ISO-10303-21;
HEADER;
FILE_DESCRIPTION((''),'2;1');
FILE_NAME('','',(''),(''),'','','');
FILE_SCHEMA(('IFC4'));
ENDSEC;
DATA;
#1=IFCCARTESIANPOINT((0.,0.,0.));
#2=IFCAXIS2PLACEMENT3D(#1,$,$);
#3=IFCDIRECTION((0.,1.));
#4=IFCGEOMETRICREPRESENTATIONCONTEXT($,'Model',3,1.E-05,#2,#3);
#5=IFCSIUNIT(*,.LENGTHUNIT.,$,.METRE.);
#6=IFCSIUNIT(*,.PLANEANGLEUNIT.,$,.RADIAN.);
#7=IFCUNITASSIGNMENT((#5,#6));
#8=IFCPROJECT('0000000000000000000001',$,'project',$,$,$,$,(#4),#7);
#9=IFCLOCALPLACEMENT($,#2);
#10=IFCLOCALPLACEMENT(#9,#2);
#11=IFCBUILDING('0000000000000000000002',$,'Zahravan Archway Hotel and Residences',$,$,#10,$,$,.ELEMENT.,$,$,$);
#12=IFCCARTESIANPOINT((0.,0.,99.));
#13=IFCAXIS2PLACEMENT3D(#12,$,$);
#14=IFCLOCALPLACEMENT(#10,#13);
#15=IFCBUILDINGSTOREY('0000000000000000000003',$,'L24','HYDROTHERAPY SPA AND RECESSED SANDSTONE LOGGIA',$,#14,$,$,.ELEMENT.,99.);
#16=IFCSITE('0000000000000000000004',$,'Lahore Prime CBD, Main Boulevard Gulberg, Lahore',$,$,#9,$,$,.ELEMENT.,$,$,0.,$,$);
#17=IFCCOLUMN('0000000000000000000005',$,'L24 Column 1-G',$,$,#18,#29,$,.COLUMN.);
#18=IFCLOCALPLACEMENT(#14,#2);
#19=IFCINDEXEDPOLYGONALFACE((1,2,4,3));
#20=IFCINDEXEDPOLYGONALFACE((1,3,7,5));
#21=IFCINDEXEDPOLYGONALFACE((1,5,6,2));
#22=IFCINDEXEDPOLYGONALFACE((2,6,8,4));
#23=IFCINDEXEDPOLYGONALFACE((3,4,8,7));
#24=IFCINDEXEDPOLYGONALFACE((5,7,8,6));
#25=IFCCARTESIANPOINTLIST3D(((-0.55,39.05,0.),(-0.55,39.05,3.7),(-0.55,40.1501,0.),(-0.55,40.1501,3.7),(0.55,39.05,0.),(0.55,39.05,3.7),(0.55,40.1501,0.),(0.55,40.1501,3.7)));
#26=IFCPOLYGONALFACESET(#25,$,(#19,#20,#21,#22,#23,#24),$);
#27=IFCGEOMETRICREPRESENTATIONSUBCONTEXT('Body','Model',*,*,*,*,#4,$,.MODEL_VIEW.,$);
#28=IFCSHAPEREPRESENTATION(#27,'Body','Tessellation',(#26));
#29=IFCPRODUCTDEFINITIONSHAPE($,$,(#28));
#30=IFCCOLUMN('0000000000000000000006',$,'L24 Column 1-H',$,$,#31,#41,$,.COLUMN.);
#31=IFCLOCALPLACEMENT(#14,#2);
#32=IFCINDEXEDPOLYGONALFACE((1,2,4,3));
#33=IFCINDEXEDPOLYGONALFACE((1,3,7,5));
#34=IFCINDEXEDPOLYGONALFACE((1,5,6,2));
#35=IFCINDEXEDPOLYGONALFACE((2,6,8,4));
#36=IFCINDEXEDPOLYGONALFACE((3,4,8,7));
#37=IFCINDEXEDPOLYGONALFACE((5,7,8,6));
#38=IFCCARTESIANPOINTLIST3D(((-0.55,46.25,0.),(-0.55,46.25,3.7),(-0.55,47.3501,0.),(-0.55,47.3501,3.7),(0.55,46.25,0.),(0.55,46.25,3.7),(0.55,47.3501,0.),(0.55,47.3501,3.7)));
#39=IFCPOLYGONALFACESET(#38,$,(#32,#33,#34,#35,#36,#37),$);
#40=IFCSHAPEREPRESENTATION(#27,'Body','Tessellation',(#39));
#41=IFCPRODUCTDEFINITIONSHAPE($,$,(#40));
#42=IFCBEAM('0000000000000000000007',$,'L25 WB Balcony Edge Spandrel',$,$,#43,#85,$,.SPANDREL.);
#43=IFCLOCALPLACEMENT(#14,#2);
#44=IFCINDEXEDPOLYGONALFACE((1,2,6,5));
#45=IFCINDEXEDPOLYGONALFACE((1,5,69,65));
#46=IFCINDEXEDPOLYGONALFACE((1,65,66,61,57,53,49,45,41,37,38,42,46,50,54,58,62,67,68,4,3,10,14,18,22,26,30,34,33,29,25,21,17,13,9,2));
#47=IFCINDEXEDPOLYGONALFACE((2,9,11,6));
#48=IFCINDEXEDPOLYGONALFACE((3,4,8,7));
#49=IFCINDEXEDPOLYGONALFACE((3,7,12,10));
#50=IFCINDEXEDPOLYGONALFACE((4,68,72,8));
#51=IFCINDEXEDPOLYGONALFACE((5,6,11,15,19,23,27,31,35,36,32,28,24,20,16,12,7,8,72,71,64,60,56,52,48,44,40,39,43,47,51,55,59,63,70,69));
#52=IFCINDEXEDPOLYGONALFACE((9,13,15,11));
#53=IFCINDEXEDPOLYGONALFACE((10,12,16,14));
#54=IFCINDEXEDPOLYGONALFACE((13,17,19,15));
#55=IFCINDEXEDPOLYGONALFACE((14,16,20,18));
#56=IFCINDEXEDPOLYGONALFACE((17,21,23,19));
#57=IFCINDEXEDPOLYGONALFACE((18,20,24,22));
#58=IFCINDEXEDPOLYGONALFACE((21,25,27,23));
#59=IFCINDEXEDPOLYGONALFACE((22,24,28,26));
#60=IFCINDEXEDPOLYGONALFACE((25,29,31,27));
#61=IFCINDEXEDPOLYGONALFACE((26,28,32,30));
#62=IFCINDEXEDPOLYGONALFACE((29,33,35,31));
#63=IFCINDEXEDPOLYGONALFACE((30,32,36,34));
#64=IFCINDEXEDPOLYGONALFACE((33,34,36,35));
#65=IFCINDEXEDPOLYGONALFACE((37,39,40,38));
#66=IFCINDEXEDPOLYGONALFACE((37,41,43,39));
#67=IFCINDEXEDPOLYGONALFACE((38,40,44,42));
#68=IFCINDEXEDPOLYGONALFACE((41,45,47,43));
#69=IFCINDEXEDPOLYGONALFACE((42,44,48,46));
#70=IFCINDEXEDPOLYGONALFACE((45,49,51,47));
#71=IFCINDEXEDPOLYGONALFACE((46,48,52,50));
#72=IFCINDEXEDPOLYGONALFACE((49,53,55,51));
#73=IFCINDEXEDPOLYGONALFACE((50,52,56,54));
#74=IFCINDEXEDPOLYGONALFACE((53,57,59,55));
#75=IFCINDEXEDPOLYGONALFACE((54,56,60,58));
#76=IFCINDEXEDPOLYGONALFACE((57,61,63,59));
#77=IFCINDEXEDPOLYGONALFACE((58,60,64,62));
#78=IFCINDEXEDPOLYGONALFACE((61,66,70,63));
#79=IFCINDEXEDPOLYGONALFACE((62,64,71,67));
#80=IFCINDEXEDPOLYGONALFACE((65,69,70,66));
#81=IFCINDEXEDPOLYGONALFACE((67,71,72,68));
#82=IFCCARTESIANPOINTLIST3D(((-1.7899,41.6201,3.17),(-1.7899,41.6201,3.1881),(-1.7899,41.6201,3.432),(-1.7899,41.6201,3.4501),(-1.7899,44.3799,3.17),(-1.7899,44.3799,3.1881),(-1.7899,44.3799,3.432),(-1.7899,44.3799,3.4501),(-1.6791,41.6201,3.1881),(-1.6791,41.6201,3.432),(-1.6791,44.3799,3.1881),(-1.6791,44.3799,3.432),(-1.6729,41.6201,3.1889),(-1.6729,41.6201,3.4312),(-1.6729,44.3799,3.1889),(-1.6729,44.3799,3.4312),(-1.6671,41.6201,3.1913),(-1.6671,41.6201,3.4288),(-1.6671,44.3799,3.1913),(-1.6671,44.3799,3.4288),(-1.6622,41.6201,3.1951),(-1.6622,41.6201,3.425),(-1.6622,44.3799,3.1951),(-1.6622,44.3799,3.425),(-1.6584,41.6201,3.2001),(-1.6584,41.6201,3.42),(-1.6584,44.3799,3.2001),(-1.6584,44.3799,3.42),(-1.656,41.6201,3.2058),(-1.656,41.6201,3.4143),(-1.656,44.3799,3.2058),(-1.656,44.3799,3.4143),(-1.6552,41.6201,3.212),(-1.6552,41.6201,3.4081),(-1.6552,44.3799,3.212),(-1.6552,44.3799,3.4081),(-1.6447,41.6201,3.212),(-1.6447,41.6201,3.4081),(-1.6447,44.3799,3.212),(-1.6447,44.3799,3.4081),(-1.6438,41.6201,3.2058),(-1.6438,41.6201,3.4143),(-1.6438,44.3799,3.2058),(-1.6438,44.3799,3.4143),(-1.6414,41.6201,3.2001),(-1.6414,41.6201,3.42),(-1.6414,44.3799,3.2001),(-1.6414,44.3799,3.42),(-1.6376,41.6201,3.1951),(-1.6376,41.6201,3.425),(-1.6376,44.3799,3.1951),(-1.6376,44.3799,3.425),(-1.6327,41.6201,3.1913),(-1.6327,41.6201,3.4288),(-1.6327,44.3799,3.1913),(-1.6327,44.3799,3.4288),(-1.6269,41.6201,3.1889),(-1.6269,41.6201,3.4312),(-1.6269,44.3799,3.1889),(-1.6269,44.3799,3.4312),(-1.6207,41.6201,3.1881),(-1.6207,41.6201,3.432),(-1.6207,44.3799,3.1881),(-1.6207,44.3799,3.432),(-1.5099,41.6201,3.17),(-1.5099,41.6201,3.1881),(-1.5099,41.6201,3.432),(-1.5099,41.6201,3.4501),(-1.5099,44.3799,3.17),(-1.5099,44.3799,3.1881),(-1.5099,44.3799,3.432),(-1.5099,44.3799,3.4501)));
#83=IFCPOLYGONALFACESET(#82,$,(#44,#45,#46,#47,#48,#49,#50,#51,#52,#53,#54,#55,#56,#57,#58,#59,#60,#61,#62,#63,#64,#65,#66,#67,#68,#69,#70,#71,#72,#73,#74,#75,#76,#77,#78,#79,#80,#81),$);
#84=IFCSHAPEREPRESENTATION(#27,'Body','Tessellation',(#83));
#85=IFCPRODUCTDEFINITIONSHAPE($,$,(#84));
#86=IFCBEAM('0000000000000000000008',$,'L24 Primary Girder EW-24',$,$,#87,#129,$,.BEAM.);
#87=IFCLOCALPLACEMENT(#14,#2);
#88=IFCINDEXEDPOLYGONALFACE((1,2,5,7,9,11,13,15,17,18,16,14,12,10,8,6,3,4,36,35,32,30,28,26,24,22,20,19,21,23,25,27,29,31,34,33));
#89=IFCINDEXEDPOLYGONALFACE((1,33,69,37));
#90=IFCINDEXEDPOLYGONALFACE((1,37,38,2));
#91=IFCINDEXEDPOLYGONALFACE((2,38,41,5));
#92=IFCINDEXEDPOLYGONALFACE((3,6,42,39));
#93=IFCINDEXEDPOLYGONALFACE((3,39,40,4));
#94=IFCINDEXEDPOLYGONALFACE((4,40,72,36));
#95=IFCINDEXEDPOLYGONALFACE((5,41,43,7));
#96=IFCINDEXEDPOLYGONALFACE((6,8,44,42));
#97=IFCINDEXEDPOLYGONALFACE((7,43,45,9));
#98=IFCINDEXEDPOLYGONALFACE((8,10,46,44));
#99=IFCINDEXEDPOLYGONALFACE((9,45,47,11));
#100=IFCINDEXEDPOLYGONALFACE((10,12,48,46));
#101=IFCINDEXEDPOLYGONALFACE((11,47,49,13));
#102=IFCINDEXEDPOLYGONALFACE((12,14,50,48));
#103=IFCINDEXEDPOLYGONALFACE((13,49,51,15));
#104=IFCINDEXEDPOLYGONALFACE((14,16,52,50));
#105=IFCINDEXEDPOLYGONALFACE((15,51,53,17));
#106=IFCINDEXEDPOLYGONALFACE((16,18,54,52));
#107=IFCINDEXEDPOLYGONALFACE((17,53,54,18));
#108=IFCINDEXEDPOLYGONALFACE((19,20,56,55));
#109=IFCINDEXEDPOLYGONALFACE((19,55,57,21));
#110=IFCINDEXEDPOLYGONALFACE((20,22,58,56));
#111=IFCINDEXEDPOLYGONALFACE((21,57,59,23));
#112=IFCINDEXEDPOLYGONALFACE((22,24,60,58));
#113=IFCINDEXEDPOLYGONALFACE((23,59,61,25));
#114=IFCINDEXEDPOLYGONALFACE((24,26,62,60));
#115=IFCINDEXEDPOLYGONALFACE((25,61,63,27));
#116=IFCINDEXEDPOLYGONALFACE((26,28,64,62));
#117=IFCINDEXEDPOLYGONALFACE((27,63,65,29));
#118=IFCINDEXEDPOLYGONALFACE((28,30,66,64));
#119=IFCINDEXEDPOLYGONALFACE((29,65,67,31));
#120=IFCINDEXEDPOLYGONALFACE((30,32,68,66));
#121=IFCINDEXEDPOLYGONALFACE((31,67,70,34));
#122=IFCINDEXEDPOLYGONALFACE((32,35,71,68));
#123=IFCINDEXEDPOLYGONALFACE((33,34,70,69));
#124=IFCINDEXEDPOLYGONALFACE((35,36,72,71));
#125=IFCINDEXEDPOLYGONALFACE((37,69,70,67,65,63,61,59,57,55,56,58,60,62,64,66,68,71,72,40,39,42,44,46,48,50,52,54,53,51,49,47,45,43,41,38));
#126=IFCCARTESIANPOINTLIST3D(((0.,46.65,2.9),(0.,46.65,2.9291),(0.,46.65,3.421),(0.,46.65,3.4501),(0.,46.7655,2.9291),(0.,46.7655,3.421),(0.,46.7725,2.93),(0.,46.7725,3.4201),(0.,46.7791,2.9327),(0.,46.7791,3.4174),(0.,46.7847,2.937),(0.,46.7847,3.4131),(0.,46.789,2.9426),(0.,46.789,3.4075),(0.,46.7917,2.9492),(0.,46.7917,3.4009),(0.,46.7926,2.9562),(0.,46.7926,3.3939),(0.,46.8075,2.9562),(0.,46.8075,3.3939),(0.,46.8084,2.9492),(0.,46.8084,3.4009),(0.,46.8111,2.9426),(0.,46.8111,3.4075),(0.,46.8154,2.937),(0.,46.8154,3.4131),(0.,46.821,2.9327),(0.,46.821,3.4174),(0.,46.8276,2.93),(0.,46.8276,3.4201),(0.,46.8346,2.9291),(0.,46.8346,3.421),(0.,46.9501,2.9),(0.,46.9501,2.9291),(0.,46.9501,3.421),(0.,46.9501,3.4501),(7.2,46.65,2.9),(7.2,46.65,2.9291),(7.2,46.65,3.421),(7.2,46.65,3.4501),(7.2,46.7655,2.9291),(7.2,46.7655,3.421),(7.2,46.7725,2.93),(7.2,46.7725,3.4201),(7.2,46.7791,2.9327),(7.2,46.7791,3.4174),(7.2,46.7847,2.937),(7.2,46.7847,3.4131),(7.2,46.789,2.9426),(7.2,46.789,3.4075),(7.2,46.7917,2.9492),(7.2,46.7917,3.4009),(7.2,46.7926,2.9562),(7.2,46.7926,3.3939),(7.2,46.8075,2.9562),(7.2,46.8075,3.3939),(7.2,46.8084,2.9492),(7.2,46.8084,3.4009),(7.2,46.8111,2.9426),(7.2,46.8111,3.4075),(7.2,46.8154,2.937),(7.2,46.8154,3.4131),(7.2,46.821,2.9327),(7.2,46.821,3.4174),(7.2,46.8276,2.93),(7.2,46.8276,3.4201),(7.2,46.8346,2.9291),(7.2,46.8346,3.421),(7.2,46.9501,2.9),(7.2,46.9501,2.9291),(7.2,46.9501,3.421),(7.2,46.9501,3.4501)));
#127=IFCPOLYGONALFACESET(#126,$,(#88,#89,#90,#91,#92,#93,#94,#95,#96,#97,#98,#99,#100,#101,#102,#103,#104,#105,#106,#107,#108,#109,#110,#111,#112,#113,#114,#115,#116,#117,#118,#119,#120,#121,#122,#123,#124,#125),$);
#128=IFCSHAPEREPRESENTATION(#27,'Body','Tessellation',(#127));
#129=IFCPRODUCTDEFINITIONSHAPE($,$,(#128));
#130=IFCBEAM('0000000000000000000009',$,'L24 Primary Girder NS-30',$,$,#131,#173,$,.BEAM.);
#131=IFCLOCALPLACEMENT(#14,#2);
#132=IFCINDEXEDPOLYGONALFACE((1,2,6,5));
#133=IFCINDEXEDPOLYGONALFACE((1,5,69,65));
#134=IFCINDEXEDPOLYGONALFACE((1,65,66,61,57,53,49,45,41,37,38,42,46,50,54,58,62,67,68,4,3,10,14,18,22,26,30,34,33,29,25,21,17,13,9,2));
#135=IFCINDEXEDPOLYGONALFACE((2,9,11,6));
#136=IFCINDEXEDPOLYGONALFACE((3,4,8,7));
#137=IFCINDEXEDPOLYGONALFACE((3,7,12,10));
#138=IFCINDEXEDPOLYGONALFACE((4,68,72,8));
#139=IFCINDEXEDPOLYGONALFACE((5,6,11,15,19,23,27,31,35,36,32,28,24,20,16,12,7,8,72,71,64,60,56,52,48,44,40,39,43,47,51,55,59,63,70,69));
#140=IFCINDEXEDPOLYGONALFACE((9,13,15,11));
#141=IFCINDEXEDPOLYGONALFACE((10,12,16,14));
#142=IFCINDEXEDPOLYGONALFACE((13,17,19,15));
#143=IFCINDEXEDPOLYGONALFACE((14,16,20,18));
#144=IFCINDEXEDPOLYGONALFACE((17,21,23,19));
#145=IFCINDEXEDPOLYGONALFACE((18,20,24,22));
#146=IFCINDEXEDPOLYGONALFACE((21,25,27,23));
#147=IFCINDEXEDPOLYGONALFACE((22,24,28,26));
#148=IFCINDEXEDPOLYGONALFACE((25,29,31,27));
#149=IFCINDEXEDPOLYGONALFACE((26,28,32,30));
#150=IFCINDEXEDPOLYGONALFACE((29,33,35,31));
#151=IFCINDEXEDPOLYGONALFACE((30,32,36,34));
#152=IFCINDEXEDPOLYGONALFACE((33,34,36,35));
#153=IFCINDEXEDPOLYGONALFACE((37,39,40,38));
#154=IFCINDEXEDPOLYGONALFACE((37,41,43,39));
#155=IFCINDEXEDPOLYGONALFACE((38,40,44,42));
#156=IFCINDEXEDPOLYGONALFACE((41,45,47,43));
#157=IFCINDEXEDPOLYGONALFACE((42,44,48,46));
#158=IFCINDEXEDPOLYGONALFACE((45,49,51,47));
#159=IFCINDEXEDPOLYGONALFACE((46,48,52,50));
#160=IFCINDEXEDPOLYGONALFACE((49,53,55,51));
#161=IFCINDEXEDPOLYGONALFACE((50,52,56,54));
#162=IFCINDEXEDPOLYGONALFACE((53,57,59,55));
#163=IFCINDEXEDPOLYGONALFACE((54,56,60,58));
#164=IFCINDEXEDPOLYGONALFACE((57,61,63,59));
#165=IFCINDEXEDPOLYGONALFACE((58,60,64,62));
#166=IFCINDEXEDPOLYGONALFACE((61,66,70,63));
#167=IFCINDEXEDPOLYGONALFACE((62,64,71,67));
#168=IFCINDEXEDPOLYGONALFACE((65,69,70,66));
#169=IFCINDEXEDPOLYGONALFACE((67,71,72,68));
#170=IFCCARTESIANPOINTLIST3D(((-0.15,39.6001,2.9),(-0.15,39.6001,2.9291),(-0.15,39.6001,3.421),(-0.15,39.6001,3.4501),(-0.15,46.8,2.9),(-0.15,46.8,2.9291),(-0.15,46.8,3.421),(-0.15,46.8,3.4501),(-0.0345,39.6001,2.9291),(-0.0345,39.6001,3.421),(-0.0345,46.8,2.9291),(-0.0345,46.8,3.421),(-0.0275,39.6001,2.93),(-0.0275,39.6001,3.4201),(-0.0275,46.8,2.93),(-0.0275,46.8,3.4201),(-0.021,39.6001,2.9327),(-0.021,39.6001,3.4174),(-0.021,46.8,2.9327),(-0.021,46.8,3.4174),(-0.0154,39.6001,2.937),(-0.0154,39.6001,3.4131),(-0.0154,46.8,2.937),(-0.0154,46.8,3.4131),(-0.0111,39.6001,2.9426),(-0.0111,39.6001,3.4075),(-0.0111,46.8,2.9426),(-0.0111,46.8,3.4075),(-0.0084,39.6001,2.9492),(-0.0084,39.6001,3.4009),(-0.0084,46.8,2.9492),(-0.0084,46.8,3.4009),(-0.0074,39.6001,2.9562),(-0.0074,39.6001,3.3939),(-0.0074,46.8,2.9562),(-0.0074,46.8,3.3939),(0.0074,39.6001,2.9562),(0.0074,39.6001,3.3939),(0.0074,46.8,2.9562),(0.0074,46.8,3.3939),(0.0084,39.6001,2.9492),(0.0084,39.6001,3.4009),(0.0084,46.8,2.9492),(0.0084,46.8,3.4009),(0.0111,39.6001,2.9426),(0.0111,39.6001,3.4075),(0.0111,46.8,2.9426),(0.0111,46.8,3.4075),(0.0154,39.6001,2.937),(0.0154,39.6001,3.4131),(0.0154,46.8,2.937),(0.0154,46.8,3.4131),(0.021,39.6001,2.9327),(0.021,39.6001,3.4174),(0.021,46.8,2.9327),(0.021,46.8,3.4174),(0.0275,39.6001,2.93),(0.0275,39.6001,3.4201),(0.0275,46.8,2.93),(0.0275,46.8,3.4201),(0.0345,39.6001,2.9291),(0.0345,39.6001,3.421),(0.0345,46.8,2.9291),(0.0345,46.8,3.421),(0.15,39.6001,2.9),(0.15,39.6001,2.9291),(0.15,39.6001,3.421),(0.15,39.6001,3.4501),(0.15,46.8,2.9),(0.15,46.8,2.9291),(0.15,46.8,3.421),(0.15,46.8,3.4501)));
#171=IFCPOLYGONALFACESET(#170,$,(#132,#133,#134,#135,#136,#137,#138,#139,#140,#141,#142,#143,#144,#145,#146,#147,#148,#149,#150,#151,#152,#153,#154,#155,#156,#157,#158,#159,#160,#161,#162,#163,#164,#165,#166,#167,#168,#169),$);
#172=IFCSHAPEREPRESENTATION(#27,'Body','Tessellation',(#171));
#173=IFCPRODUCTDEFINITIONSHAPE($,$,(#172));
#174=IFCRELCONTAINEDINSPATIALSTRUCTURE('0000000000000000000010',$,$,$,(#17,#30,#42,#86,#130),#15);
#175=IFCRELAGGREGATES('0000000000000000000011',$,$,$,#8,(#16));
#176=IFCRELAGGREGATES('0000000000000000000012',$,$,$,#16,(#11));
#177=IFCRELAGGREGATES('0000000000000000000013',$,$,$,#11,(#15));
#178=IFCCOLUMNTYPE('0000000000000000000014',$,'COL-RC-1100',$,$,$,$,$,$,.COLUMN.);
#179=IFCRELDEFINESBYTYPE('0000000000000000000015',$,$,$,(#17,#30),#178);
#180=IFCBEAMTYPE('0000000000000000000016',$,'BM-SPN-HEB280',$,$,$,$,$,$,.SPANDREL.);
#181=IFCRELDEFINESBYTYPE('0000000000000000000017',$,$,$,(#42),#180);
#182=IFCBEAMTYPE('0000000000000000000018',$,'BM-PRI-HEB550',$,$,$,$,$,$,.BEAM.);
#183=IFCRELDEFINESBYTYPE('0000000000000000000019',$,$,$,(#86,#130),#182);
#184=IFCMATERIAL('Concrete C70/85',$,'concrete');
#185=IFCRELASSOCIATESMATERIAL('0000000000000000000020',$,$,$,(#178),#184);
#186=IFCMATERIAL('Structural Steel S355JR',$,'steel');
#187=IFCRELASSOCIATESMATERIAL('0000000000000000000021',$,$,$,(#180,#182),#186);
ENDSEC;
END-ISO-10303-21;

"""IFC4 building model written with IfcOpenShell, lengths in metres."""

from ifc_helpers import new_model, si_unit, direction, frame, origin, origin_2d, place, context, subcontext, project, spatial, rectangle, i_section, extrude, source, transform, mapped, material, material_profile, profile_set, type_object, element, save


model = new_model("IFC4")

# Units and contexts
model_context = context("Model", 3, precision=1e-05, world=origin(), true_north=direction((0.0, 1.0)))
body_context = subcontext(model_context, "Body", "Model", "MODEL_VIEW")
ifc_project = project(units=[si_unit("LENGTHUNIT", "METRE"), si_unit("PLANEANGLEUNIT", "RADIAN")], contexts=[model_context])

# Site, building, storey
site_placement = place(None, origin())
site = spatial("IfcSite", under=ifc_project, at=site_placement, Name="Lahore Prime CBD, Main Boulevard Gulberg, Lahore", CompositionType="ELEMENT", RefElevation=0.0)
building_placement = place(site_placement, origin())
building = spatial("IfcBuilding", under=site, at=building_placement, Name="Zahravan Archway Hotel and Residences", CompositionType="ELEMENT")
storey_placement = place(building_placement, frame((0.0, 0.0, 99.0)))
storey = spatial("IfcBuildingStorey", under=building, at=storey_placement, Name="L24", Description="HYDROTHERAPY SPA AND RECESSED SANDSTONE LOGGIA", CompositionType="ELEMENT", Elevation=99.0)

# Columns
ifc_material_1 = material(Name="Concrete C70/85", Category="concrete")
ifc_material_profile_1 = material_profile(ifc_material_1, rectangle(XDim=1.1001, YDim=1.1001, at=origin_2d()), Name="RC 1100x1100", Category="concrete")
ifc_profile_set_1 = profile_set([ifc_material_profile_1], Name="Concrete C70/85")
column_type = type_object("IfcColumnType", Name="COL-RC-1100", PredefinedType="COLUMN", material=ifc_profile_set_1)
shared_shape_1 = source(origin(), body_context, "Body", "SweptSolid", [
    extrude(rectangle(XDim=1.1001, YDim=1.1001, at=origin_2d()), origin(), (0.0, 0.0, 1.0), 3.7),
])
for number, where, z_axis, x_axis, name in (
    (1, (0.0, 39.6001, 0.0), (0.0, 0.0, 1.0), (1.0, 0.0, 0.0), "L24 Column 1-G"),
    (2, (0.0, 46.8, 0.0), (0.0, 0.0, 1.0), (1.0, 0.0, 0.0), "L24 Column 1-H"),
):
    element("IfcColumn", number, at=place(storey_placement, frame(where, z_axis=z_axis, x_axis=x_axis)), inside=storey, type_object=column_type, Name=name, PredefinedType="COLUMN", context=body_context, shape_type="MappedRepresentation", body=[
        mapped(shared_shape_1, transform((0.0, 0.0, 0.0), scale=1.0)),
    ])

# Beams
ifc_material_2 = material(Name="Structural Steel S355JR", Category="steel")
ifc_material_profile_2 = material_profile(ifc_material_2, i_section(OverallWidth=0.28, OverallDepth=0.28, WebThickness=0.0105, FlangeThickness=0.0181, FilletRadius=0.0239, at=origin_2d()), Name="HEB 280", Category="steel")
ifc_profile_set_2 = profile_set([ifc_material_profile_2], Name="Structural Steel S355JR")
beam_type_1 = type_object("IfcBeamType", Name="BM-SPN-HEB280", PredefinedType="SPANDREL", material=ifc_profile_set_2)
shared_shape_2 = source(origin(), body_context, "Body", "SweptSolid", [
    extrude(i_section(OverallWidth=0.28, OverallDepth=0.28, WebThickness=0.0105, FlangeThickness=0.0181, FilletRadius=0.0239, at=origin_2d()), origin(), (0.0, 0.0, 1.0), 2.7598),
])
beam_placement = place(storey_placement, frame((-1.6499, 41.6201, 3.3101), z_axis=(0.0, 1.0, 0.0), x_axis=(-1.0, 0.0, 0.0)))
element("IfcBeam", 3, at=beam_placement, inside=storey, type_object=beam_type_1, Name="L25 WB Balcony Edge Spandrel", PredefinedType="SPANDREL", context=body_context, shape_type="MappedRepresentation", body=[
    mapped(shared_shape_2, transform((0.0, 0.0, 0.0), scale=1.0)),
])
ifc_material_profile_3 = material_profile(ifc_material_2, i_section(OverallWidth=0.3, OverallDepth=0.55, WebThickness=0.0149, FlangeThickness=0.0291, FilletRadius=0.0271, at=origin_2d()), Name="HEB 550", Category="steel")
ifc_profile_set_3 = profile_set([ifc_material_profile_3], Name="Structural Steel S355JR")
beam_type_2 = type_object("IfcBeamType", Name="BM-PRI-HEB550", PredefinedType="BEAM", material=ifc_profile_set_3)
shared_shape_3 = source(origin(), body_context, "Body", "SweptSolid", [
    extrude(i_section(OverallWidth=0.3, OverallDepth=0.55, WebThickness=0.0149, FlangeThickness=0.0291, FilletRadius=0.0271, at=origin_2d()), origin(), (0.0, 0.0, 1.0), 7.2),
])
for number, where, z_axis, x_axis, name in (
    (4, (0.0, 46.8, 3.175), (1.0, 0.0, 0.0), (0.0, 1.0, 0.0), "L24 Primary Girder EW-24"),
    (5, (0.0, 39.6001, 3.175), (0.0, 1.0, 0.0), (-1.0, 0.0, 0.0), "L24 Primary Girder NS-30"),
):
    element("IfcBeam", number, at=place(storey_placement, frame(where, z_axis=z_axis, x_axis=x_axis)), inside=storey, type_object=beam_type_2, Name=name, PredefinedType="BEAM", context=body_context, shape_type="MappedRepresentation", body=[
        mapped(shared_shape_3, transform((0.0, 0.0, 0.0), scale=1.0)),
    ])

save(model, "model.ifc")
